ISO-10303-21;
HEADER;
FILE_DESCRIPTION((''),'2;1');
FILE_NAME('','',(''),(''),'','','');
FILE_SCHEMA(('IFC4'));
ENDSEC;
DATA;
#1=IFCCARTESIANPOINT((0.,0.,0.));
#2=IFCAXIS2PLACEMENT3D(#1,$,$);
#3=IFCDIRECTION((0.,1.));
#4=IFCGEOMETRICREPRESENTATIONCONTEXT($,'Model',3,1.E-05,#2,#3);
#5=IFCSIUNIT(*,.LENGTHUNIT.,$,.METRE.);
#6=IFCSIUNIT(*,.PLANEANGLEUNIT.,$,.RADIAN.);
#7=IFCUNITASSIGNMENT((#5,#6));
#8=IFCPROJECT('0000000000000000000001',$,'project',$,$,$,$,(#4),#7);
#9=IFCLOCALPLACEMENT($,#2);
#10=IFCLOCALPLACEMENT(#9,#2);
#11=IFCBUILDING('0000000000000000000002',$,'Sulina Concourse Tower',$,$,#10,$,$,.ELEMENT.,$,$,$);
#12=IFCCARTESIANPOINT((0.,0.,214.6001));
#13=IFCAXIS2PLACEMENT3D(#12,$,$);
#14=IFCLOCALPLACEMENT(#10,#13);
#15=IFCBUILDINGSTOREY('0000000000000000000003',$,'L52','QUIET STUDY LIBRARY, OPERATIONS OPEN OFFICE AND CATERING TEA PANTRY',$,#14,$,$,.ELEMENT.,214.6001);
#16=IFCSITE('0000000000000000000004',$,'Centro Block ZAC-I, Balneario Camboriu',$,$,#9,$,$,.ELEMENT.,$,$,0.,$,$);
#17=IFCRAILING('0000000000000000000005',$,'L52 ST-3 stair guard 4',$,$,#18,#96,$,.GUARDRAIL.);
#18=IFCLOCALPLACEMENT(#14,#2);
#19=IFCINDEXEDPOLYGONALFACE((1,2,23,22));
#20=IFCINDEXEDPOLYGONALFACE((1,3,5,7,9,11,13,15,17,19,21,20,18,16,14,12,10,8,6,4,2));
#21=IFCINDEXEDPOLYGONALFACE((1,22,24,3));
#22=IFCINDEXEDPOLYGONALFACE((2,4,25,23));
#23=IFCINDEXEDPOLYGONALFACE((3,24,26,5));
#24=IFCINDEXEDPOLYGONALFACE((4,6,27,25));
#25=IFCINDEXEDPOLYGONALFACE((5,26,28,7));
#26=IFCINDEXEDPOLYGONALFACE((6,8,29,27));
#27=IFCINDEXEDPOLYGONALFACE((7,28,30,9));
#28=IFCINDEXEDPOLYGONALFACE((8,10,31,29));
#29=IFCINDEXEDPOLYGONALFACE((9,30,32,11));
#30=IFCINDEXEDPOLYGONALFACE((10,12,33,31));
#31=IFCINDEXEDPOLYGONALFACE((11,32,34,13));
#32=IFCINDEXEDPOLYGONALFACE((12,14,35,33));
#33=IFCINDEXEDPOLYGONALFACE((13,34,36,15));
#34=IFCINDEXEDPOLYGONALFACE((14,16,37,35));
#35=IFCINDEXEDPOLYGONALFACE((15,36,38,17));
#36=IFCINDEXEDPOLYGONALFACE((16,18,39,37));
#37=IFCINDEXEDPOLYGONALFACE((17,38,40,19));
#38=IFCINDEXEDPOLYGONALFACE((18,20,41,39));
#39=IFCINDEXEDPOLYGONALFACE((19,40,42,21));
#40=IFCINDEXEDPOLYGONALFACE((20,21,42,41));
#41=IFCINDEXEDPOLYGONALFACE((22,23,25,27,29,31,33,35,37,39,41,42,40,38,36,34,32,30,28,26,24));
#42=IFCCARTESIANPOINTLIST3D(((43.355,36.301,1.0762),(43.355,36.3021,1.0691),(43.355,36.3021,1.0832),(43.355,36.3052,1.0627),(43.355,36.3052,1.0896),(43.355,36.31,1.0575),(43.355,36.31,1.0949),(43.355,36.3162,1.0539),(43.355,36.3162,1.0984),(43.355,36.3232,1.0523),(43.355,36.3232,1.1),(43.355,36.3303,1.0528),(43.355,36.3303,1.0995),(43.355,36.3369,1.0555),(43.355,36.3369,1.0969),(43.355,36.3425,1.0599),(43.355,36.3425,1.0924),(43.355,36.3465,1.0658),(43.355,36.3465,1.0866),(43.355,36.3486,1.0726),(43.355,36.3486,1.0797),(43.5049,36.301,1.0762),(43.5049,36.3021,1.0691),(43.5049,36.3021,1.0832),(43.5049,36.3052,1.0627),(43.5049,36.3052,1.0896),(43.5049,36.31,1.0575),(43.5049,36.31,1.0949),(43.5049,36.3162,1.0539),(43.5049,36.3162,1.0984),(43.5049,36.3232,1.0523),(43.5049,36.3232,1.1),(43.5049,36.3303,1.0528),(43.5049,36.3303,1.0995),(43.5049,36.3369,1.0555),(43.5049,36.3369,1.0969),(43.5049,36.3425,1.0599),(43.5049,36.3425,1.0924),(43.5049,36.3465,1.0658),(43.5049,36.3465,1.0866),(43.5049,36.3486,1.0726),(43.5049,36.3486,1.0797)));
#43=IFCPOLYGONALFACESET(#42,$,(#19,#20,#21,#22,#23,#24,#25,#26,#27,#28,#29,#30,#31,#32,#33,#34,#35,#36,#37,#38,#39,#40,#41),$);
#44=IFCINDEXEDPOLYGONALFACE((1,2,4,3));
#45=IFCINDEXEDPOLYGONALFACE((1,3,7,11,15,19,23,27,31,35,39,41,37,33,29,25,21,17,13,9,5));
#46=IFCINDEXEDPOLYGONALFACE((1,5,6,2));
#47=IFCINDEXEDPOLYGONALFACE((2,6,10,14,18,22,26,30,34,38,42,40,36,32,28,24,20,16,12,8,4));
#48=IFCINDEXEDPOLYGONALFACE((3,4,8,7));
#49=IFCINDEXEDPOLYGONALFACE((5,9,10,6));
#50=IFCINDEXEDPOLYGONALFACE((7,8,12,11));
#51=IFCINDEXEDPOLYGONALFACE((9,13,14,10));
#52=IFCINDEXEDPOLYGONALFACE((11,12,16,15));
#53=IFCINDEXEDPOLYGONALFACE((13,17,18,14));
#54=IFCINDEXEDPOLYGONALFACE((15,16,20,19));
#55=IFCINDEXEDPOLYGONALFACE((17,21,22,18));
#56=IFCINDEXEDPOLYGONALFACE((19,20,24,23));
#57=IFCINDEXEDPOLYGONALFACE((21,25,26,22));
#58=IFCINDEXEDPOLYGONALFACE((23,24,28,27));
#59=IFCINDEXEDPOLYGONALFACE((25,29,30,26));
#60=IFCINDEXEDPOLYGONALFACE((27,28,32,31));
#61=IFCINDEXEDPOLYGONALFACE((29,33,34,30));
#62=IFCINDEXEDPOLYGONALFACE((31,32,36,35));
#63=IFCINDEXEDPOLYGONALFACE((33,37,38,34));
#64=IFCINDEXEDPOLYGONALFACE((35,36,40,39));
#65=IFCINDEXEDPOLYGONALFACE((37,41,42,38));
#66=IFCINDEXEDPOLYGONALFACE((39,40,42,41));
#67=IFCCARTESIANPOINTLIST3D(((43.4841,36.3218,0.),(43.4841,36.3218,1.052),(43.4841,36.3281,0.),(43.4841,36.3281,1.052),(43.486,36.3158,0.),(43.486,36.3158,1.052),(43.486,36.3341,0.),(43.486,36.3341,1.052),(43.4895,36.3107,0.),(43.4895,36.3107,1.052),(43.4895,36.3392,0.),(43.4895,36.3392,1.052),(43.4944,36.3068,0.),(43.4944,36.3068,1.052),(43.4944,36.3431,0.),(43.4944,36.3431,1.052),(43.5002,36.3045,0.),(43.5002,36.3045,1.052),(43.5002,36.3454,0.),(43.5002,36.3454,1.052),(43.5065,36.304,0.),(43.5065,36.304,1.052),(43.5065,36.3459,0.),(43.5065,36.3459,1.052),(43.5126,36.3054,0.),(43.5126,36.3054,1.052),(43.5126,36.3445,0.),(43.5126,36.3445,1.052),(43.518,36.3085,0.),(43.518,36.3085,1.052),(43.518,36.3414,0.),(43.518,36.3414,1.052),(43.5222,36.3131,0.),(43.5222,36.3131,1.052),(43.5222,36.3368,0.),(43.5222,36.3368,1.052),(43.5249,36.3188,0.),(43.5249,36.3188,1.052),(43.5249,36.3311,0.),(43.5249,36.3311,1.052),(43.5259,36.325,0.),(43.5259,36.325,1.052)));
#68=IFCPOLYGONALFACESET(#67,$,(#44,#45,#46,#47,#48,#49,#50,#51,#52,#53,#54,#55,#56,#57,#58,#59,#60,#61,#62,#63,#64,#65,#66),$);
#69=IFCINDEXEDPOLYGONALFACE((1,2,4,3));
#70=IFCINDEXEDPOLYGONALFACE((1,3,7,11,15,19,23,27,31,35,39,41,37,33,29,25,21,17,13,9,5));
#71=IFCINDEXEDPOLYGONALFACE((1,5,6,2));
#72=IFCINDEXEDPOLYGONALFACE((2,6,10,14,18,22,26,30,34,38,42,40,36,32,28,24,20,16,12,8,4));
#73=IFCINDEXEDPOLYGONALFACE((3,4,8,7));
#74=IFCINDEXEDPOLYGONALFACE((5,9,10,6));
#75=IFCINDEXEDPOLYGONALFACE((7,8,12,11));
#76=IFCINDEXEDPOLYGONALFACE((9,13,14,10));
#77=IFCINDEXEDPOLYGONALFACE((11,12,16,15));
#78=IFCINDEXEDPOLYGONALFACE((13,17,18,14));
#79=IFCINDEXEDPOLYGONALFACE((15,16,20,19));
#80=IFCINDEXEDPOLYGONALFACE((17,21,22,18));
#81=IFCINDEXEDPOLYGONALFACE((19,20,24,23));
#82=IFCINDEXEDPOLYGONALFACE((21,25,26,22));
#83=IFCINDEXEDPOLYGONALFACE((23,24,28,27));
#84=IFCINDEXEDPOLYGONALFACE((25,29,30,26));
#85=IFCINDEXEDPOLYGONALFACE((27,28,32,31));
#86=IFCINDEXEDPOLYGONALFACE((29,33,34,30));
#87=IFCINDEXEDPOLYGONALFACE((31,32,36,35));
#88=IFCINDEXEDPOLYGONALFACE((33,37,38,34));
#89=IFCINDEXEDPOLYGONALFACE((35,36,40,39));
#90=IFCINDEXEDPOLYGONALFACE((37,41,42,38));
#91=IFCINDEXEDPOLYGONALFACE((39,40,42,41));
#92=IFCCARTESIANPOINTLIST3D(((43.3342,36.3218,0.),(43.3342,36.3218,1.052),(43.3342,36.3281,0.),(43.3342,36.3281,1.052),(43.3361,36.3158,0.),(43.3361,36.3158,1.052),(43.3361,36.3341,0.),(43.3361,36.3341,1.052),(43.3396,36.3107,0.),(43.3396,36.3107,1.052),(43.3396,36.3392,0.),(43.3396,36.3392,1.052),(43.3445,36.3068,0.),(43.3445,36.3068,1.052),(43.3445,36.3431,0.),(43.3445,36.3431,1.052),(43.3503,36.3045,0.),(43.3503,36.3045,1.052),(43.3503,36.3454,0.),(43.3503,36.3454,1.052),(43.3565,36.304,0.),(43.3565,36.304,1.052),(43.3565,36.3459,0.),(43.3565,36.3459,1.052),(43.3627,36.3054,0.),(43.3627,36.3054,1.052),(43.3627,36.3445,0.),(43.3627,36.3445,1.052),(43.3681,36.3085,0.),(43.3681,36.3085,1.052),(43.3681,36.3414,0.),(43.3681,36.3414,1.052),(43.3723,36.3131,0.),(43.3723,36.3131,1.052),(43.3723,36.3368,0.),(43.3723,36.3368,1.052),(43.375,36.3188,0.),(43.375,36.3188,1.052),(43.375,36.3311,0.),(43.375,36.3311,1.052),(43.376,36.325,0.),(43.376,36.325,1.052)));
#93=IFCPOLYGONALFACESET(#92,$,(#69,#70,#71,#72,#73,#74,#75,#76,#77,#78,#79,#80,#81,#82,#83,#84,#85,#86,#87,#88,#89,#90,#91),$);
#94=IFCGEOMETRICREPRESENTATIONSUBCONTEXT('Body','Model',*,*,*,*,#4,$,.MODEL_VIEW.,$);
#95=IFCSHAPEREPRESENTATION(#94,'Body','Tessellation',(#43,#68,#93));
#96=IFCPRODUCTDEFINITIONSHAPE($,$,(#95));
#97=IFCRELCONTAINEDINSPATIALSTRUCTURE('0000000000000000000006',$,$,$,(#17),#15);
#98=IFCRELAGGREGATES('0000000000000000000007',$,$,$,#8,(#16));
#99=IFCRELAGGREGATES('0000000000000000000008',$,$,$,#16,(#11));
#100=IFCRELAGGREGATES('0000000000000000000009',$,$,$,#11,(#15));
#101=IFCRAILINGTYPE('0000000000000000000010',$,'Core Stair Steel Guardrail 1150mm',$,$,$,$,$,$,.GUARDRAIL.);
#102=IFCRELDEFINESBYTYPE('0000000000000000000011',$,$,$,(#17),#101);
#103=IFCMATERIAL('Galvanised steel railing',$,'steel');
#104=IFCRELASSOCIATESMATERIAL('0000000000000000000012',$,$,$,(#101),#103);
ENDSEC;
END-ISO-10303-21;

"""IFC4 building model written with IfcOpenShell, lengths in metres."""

from ifc_helpers import new_model, si_unit, direction, frame, origin, origin_2d, place, context, subcontext, project, spatial, circle, extrude, material, type_object, element, save


model = new_model("IFC4")

# Units and contexts
model_context = context("Model", 3, precision=1e-05, world=origin(), true_north=direction((0.0, 1.0)))
body_context = subcontext(model_context, "Body", "Model", "MODEL_VIEW")
ifc_project = project(units=[si_unit("LENGTHUNIT", "METRE"), si_unit("PLANEANGLEUNIT", "RADIAN")], contexts=[model_context])

# Site, building, storey
site_placement = place(None, origin())
site = spatial("IfcSite", under=ifc_project, at=site_placement, Name="Centro Block ZAC-I, Balneario Camboriu", CompositionType="ELEMENT", RefElevation=0.0)
building_placement = place(site_placement, origin())
building = spatial("IfcBuilding", under=site, at=building_placement, Name="Sulina Concourse Tower", CompositionType="ELEMENT")
storey_placement = place(building_placement, frame((0.0, 0.0, 214.6001)))
storey = spatial("IfcBuildingStorey", under=building, at=storey_placement, Name="L52", Description="QUIET STUDY LIBRARY, OPERATIONS OPEN OFFICE AND CATERING TEA PANTRY", CompositionType="ELEMENT", Elevation=214.6001)

# Railing
ifc_material_1 = material(Name="Galvanised steel railing", Category="steel")
railing_type_1 = type_object("IfcRailingType", Name="Core Stair Steel Guardrail 1150mm", PredefinedType="GUARDRAIL", material=ifc_material_1)
railing_1_placement = place(storey_placement, frame((43.5049, 36.325, 0.0)))
element("IfcRailing", 1, at=railing_1_placement, inside=storey, type_object=railing_type_1, Name="L52 ST-3 stair guard 4", PredefinedType="GUARDRAIL", context=body_context, shape_type="SweptSolid", body=[
    extrude(circle(Radius=0.0239, at=origin_2d()), frame((0.0, 0.0, 1.0762), z_axis=(-1.0, 0.0, 0.0), x_axis=(0.0, -1.0, 0.0)), (0.0, 0.0, 1.0), 0.1499),
    extrude(circle(Radius=0.021, at=origin_2d()), origin(), (0.0, 0.0, 1.0), 1.052),
    extrude(circle(Radius=0.021, at=origin_2d()), frame((-0.1499, 0.0, 0.0)), (0.0, 0.0, 1.0), 1.052),
])

save(model, "model.ifc")
